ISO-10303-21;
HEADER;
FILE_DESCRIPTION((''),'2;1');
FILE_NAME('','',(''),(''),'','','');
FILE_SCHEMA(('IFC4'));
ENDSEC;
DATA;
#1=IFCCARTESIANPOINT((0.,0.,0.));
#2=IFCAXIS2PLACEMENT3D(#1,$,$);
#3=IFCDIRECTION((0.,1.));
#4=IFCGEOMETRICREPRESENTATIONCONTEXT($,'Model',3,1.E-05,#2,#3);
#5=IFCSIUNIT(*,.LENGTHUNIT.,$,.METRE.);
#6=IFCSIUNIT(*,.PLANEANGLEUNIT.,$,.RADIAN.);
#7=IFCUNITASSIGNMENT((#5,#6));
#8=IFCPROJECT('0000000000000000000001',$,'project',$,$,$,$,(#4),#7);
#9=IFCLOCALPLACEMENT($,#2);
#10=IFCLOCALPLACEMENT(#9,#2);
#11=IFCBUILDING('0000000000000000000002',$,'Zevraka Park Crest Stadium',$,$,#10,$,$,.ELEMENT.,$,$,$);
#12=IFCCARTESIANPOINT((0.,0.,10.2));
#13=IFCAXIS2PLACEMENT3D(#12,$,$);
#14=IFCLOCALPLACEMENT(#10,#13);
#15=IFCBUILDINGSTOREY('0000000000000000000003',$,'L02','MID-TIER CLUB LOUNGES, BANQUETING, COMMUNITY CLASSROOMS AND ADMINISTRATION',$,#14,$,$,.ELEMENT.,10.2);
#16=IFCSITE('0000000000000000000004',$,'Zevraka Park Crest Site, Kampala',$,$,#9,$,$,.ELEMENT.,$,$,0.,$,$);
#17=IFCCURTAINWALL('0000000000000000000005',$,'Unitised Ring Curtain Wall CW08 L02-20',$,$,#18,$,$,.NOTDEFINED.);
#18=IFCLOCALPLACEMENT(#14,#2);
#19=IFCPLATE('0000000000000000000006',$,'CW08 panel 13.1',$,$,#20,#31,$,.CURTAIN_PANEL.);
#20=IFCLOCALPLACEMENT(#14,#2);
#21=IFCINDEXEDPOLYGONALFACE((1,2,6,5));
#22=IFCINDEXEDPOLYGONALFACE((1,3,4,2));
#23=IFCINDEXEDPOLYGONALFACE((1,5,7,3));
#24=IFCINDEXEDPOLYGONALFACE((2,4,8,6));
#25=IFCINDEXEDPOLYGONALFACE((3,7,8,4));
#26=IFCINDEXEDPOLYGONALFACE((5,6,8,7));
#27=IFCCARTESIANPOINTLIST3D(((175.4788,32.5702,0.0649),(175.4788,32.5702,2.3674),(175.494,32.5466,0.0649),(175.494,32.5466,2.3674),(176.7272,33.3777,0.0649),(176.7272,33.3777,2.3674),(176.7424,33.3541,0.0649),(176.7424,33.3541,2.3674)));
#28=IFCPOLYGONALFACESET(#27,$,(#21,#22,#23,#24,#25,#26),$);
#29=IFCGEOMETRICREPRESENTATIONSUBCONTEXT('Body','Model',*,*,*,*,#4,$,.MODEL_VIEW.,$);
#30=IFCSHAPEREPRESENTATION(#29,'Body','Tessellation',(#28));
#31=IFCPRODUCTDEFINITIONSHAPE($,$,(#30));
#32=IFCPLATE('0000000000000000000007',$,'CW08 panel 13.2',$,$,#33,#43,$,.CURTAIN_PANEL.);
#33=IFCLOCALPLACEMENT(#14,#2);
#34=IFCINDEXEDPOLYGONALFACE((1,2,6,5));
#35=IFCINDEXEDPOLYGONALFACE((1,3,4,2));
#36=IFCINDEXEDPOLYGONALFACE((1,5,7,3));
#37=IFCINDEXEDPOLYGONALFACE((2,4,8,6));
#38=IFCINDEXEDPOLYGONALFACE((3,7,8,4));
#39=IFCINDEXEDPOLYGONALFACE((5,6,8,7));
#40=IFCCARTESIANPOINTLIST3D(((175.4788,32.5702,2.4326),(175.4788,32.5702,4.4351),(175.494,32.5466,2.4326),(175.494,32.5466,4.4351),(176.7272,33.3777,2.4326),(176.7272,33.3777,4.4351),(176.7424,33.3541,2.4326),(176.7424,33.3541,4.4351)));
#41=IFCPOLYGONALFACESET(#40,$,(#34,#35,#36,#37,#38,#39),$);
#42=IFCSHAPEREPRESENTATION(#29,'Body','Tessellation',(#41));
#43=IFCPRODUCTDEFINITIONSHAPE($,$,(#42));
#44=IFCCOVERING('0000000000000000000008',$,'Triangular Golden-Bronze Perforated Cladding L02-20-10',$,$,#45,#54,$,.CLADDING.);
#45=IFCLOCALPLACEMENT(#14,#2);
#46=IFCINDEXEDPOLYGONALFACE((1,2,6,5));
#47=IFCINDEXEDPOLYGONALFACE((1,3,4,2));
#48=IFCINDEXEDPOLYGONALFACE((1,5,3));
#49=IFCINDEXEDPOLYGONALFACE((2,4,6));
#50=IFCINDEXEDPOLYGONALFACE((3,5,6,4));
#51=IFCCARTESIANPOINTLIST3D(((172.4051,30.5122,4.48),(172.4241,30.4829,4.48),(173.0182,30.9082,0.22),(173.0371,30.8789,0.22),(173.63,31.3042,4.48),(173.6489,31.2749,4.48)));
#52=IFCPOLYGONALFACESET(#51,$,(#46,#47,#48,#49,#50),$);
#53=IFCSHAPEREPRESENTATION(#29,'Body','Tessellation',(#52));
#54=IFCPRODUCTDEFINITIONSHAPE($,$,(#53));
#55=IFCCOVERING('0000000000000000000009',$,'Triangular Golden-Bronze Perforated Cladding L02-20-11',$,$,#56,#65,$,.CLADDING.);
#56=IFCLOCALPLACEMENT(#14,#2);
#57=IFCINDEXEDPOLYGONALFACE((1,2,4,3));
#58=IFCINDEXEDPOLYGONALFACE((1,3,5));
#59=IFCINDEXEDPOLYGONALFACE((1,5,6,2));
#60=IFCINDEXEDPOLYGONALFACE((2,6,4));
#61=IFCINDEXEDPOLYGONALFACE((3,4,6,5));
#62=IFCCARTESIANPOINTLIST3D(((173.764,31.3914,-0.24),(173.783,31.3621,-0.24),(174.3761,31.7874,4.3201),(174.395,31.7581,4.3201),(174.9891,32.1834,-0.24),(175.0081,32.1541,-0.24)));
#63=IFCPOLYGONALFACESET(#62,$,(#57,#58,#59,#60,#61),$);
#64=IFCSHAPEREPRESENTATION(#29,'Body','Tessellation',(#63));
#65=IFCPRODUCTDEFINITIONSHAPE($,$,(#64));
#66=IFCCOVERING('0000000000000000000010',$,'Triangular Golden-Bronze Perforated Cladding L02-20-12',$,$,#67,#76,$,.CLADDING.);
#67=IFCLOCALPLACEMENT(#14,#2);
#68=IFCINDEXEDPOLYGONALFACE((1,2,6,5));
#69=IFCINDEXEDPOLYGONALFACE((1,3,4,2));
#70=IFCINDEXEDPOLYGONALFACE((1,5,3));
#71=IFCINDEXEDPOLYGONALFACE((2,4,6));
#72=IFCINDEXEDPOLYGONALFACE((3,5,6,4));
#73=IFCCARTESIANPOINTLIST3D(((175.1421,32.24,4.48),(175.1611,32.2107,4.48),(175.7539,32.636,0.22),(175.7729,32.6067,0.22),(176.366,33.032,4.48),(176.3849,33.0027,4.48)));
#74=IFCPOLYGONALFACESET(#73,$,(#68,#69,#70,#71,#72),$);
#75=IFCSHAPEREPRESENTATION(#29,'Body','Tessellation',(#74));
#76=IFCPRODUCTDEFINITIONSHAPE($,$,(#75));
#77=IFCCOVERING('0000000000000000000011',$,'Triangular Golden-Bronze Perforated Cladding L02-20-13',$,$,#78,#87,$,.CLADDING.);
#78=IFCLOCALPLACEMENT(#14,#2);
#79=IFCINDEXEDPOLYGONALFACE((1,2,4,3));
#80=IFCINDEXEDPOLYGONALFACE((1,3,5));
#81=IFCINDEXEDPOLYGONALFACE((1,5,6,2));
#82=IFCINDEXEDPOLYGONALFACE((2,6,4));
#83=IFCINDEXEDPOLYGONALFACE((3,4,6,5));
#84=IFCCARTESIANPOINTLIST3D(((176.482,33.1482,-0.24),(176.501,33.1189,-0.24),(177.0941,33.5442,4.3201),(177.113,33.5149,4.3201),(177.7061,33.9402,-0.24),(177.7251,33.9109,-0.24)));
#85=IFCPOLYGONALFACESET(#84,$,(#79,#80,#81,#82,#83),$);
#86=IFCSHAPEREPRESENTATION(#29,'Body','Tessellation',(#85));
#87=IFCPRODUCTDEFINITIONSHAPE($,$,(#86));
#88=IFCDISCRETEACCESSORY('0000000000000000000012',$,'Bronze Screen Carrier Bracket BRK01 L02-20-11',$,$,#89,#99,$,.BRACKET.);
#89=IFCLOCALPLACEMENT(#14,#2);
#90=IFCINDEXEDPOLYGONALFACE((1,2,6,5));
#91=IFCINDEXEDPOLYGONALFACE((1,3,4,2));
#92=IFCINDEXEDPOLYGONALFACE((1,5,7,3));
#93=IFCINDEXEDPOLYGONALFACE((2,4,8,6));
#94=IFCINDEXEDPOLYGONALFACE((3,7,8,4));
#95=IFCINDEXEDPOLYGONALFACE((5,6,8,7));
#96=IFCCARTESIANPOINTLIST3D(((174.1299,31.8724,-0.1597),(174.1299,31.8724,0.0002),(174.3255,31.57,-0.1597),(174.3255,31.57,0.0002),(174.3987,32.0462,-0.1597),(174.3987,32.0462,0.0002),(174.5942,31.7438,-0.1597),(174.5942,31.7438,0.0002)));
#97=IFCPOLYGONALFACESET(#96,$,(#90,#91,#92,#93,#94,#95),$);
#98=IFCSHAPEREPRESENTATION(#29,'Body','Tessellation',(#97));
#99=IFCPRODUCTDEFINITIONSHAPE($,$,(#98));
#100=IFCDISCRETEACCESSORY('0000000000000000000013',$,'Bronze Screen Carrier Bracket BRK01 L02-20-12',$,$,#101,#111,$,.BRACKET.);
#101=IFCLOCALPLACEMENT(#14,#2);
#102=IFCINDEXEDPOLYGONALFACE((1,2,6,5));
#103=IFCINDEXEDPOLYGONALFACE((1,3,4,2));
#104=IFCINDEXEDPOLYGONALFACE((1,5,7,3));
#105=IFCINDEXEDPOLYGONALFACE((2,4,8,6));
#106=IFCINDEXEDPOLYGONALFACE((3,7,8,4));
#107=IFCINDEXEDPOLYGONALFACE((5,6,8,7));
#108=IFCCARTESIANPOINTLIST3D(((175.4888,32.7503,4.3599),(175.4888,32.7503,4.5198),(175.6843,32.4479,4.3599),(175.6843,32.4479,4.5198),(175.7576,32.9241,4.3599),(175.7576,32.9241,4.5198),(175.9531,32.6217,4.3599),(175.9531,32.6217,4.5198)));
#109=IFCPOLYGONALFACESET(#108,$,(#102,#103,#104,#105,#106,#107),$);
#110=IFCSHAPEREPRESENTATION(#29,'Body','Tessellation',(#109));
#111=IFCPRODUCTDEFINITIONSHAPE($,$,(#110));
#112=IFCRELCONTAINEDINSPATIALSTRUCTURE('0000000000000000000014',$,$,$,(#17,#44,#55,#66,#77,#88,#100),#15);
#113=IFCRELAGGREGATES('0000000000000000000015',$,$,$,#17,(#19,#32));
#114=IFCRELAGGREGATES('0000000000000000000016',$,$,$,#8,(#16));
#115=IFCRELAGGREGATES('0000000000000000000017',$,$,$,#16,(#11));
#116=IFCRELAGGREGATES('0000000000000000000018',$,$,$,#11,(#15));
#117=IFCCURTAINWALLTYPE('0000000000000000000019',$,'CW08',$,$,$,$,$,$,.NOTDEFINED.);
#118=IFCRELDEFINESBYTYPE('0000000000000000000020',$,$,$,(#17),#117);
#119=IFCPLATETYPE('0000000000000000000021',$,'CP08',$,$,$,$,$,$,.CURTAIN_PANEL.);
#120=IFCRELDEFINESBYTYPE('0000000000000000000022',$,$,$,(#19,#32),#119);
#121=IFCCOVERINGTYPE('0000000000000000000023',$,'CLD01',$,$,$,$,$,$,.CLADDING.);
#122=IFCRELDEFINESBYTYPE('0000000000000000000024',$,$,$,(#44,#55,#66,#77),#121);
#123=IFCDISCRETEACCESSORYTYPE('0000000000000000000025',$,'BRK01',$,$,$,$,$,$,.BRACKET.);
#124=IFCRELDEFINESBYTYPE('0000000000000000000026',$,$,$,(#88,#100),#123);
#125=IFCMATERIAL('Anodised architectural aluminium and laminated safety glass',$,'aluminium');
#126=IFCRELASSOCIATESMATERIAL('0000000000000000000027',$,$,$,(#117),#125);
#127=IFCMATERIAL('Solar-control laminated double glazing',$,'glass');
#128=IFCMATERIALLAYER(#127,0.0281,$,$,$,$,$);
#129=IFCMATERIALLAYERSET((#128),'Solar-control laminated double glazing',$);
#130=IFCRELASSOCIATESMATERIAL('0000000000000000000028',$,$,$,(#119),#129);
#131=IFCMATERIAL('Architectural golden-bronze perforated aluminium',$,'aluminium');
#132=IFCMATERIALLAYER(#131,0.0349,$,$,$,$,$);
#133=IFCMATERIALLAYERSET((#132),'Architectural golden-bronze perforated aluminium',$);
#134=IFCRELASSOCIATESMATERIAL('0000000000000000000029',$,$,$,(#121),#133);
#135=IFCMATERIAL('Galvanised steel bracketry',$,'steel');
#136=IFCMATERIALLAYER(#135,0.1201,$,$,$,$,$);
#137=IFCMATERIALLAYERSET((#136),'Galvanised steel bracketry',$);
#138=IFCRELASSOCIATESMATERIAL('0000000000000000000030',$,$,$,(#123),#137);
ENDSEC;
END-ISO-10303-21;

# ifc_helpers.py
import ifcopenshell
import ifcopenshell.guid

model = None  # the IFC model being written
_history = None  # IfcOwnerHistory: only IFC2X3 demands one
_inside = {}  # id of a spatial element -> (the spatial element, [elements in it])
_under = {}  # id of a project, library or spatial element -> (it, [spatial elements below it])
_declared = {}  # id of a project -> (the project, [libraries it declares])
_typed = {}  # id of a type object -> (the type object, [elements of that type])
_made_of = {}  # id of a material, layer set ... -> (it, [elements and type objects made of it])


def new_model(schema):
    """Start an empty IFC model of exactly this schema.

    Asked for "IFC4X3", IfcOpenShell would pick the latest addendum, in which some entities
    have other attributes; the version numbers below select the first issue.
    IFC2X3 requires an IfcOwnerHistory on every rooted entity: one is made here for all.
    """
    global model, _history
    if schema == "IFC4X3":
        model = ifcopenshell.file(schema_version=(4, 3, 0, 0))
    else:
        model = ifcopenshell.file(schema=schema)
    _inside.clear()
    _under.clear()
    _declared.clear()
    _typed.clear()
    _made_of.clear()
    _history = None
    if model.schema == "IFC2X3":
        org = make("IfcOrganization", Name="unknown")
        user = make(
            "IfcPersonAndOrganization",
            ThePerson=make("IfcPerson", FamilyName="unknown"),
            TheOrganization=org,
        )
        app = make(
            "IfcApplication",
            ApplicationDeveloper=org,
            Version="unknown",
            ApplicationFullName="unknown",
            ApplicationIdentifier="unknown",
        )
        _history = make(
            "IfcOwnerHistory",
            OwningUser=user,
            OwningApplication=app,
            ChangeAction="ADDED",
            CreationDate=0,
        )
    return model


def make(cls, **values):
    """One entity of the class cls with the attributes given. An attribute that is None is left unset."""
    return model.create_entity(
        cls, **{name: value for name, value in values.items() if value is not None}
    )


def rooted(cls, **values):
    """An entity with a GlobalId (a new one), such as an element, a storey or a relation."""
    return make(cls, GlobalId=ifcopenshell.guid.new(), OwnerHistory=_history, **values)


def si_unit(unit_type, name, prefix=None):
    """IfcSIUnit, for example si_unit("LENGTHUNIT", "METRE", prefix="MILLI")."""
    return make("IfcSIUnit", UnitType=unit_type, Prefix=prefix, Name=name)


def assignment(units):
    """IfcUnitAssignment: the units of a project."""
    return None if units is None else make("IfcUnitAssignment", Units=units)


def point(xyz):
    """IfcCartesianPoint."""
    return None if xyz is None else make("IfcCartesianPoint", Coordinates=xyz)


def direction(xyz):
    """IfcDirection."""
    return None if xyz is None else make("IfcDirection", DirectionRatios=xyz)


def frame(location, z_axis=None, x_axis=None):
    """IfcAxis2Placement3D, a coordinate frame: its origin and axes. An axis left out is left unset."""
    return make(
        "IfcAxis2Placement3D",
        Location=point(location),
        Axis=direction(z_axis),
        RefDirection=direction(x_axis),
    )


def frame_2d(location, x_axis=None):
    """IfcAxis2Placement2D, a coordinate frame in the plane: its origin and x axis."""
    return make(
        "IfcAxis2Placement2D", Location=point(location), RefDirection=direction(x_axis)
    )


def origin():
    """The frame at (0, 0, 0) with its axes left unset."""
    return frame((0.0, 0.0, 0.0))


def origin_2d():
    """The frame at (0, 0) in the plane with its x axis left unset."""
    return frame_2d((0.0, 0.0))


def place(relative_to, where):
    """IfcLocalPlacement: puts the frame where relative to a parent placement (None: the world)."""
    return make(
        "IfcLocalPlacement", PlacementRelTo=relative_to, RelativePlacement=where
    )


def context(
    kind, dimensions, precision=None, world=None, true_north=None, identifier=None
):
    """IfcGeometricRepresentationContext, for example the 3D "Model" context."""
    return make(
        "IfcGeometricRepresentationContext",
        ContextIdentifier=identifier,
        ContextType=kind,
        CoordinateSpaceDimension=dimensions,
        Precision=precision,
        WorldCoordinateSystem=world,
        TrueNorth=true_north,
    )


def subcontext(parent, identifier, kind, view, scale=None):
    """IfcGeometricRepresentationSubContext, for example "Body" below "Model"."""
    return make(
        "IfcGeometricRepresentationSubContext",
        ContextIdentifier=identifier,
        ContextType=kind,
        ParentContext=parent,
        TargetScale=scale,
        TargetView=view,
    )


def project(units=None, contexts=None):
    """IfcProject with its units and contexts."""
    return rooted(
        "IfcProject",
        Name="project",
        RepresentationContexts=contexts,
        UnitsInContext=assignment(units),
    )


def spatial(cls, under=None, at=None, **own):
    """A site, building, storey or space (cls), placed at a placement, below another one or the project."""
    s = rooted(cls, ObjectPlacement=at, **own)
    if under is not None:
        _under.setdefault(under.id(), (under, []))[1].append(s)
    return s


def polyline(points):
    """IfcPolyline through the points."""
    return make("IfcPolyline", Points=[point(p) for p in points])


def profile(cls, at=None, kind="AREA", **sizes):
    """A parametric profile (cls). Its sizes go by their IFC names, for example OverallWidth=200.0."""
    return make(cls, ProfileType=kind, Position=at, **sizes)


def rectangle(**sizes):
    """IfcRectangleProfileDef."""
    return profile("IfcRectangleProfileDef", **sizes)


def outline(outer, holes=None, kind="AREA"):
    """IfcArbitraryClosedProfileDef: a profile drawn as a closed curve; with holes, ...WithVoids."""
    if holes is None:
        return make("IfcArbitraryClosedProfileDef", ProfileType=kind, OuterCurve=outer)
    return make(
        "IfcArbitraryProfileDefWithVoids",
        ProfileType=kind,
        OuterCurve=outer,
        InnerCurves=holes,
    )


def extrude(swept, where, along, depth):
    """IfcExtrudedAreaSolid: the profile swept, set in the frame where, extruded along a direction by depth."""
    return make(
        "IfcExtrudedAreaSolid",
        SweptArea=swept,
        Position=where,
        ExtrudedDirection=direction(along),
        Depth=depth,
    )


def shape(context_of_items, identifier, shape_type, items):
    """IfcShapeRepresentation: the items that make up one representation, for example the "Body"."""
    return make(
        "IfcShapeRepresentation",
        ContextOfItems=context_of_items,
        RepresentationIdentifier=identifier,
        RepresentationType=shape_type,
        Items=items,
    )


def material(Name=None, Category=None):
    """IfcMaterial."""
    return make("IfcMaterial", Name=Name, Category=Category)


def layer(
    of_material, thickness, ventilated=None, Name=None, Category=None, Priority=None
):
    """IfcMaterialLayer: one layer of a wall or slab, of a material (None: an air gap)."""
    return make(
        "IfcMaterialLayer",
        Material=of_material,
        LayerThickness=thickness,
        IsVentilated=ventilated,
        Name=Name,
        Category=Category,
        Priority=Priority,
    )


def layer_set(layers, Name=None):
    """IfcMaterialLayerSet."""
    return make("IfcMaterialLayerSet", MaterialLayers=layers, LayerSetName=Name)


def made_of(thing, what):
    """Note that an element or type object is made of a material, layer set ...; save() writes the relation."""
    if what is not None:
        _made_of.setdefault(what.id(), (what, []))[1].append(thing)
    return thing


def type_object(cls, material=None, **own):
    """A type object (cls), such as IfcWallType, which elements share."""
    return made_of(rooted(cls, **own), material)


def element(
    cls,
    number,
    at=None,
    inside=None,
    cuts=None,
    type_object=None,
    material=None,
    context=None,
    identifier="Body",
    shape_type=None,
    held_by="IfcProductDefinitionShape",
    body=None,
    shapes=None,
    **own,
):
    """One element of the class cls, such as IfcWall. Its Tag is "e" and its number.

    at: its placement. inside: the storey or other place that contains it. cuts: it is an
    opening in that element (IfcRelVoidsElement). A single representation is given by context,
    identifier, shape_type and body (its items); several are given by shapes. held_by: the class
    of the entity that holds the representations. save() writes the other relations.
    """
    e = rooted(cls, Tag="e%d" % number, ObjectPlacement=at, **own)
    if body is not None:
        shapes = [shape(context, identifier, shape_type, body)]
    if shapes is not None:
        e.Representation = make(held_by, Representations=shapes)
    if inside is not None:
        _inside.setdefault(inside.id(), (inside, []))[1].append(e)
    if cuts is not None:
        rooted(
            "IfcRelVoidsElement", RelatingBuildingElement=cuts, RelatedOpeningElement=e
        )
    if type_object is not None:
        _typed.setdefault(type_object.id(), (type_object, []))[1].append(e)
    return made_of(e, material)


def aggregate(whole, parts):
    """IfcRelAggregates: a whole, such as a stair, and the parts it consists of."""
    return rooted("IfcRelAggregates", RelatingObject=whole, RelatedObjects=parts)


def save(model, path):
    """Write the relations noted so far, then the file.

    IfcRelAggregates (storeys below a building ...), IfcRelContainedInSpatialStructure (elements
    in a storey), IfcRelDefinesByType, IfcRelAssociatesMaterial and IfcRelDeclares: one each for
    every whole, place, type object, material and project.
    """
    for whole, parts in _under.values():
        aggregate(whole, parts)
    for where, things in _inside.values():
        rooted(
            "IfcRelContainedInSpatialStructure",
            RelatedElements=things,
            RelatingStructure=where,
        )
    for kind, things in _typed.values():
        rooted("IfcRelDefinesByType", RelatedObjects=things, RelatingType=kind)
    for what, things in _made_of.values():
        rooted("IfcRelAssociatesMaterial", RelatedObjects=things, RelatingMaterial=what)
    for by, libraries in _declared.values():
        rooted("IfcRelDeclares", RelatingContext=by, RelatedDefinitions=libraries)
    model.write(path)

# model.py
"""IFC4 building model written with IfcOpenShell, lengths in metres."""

from ifc_helpers import new_model, si_unit, direction, frame, origin, origin_2d, place, context, subcontext, project, spatial, polyline, rectangle, outline, extrude, material, layer, layer_set, type_object, element, aggregate, save


model = new_model("IFC4")

# Units and contexts
model_context = context("Model", 3, precision=1e-05, world=origin(), true_north=direction((0.0, 1.0)))
body_context = subcontext(model_context, "Body", "Model", "MODEL_VIEW")
ifc_project = project(units=[si_unit("LENGTHUNIT", "METRE"), si_unit("PLANEANGLEUNIT", "RADIAN")], contexts=[model_context])

# Site, building, storey
site_placement = place(None, origin())
site = spatial("IfcSite", under=ifc_project, at=site_placement, Name="Zevraka Park Crest Site, Kampala", CompositionType="ELEMENT", RefElevation=0.0)
building_placement = place(site_placement, origin())
building = spatial("IfcBuilding", under=site, at=building_placement, Name="Zevraka Park Crest Stadium", CompositionType="ELEMENT")
storey_placement = place(building_placement, frame((0.0, 0.0, 10.2)))
storey = spatial("IfcBuildingStorey", under=building, at=storey_placement, Name="L02", Description="MID-TIER CLUB LOUNGES, BANQUETING, COMMUNITY CLASSROOMS AND ADMINISTRATION", CompositionType="ELEMENT", Elevation=10.2)

# Curtain wall, plates
ifc_material_1 = material(Name="Anodised architectural aluminium and laminated safety glass", Category="aluminium")
curtain_wall_type = type_object("IfcCurtainWallType", Name="CW08", PredefinedType="NOTDEFINED", material=ifc_material_1)
curtain_wall_placement = place(storey_placement, origin())
curtain_wall = element("IfcCurtainWall", 1, at=curtain_wall_placement, inside=storey, type_object=curtain_wall_type, Name="Unitised Ring Curtain Wall CW08 L02-20", PredefinedType="NOTDEFINED")
ifc_material_2 = material(Name="Solar-control laminated double glazing", Category="glass")
ifc_layer_1 = layer(ifc_material_2, 0.0281)
ifc_layer_set_1 = layer_set([ifc_layer_1], Name="Solar-control laminated double glazing")
plate_type = type_object("IfcPlateType", Name="CP08", PredefinedType="CURTAIN_PANEL", material=ifc_layer_set_1)
plate_1_placement = place(storey_placement, frame((176.1106, 32.9622, 0.0649), z_axis=(0.0, 0.0, 1.0), x_axis=(0.83967, 0.543096, 0.0)))
plate_1 = element("IfcPlate", 2, at=plate_1_placement, type_object=plate_type, Name="CW08 panel 13.1", PredefinedType="CURTAIN_PANEL", context=body_context, shape_type="SweptSolid", body=[
    extrude(rectangle(XDim=1.4868, YDim=0.0281, at=origin_2d()), origin(), (0.0, 0.0, 1.0), 2.3025),
])
plate_2_placement = place(storey_placement, frame((176.1106, 32.9622, 2.4326), z_axis=(0.0, 0.0, 1.0), x_axis=(0.83967, 0.543096, 0.0)))
plate_2 = element("IfcPlate", 3, at=plate_2_placement, type_object=plate_type, Name="CW08 panel 13.2", PredefinedType="CURTAIN_PANEL", context=body_context, shape_type="SweptSolid", body=[
    extrude(rectangle(XDim=1.4868, YDim=0.0281, at=origin_2d()), origin(), (0.0, 0.0, 1.0), 2.0024),
])
aggregate(curtain_wall, [plate_1, plate_2])

# Coverings
ifc_material_3 = material(Name="Architectural golden-bronze perforated aluminium", Category="aluminium")
ifc_layer_2 = layer(ifc_material_3, 0.0349)
ifc_layer_set_2 = layer_set([ifc_layer_2], Name="Architectural golden-bronze perforated aluminium")
covering_type = type_object("IfcCoveringType", Name="CLD01", PredefinedType="CLADDING", material=ifc_layer_set_2)
covering_1_placement = place(storey_placement, frame((173.6489, 31.2749, 4.48), z_axis=(0.542981, -0.839745, 0.000078), x_axis=(-0.839745, -0.542981, 0.0)))
element("IfcCovering", 4, at=covering_1_placement, inside=storey, type_object=covering_type, Name="Triangular Golden-Bronze Perforated Cladding L02-20-10", PredefinedType="CLADDING", context=body_context, shape_type="SweptSolid", body=[
    extrude(outline(polyline([(0.0, 0.0), (1.4586, 0.0), (0.7288, 4.26), (0.0, 0.0)])), origin(), (0.0, 0.0, -1.0), 0.0349),
])
covering_2_placement = place(storey_placement, frame((173.783, 31.3621, -0.24), z_axis=(0.542904, -0.839795, 0.000058), x_axis=(0.839795, 0.542904, 0.0)))
element("IfcCovering", 5, at=covering_2_placement, inside=storey, type_object=covering_type, Name="Triangular Golden-Bronze Perforated Cladding L02-20-11", PredefinedType="CLADDING", context=body_context, shape_type="SweptSolid", body=[
    extrude(outline(polyline([(0.0, 0.0), (1.4588, 0.0), (0.729, 4.5601), (0.0, 0.0)])), origin(), (0.0, 0.0, -1.0), 0.0349),
])
covering_3_placement = place(storey_placement, frame((176.366, 33.032, 4.48), z_axis=(-0.543286, 0.839548, 0.000016), x_axis=(-0.839548, -0.543286, 0.0)))
element("IfcCovering", 6, at=covering_3_placement, inside=storey, type_object=covering_type, Name="Triangular Golden-Bronze Perforated Cladding L02-20-12", PredefinedType="CLADDING", context=body_context, shape_type="SweptSolid", body=[
    extrude(outline(polyline([(0.0, 0.0), (1.4578, 0.0), (0.729, -4.26), (0.0, 0.0)])), origin(), (0.0, 0.0, -1.0), 0.0349),
])
covering_4_placement = place(storey_placement, frame((176.501, 33.1189, -0.24), z_axis=(0.54321, -0.839597, 0.0), x_axis=(0.839597, 0.54321, 0.0)))
element("IfcCovering", 7, at=covering_4_placement, inside=storey, type_object=covering_type, Name="Triangular Golden-Bronze Perforated Cladding L02-20-13", PredefinedType="CLADDING", context=body_context, shape_type="SweptSolid", body=[
    extrude(outline(polyline([(0.0, 0.0), (1.458, 0.0), (0.729, 4.5601), (0.0, 0.0)])), origin(), (0.0, 0.0, -1.0), 0.0349),
])

# Discrete accessories
ifc_material_4 = material(Name="Galvanised steel bracketry", Category="steel")
ifc_layer_3 = layer(ifc_material_4, 0.1201)
ifc_layer_set_3 = layer_set([ifc_layer_3], Name="Galvanised steel bracketry")
discrete_accessory_type = type_object("IfcDiscreteAccessoryType", Name="BRK01", PredefinedType="BRACKET", material=ifc_layer_set_3)
for number, where, z_axis, x_axis, name in (
    (8, (174.3621, 31.8081, -0.1597), (0.0, 0.0, 1.0), (0.839715, 0.543028, 0.0), "Bronze Screen Carrier Bracket BRK01 L02-20-11"),
    (9, (175.7209, 32.686, 4.3599), (0.0, 0.0, 1.0), (0.839715, 0.543028, 0.0), "Bronze Screen Carrier Bracket BRK01 L02-20-12"),
):
    element("IfcDiscreteAccessory", number, at=place(storey_placement, frame(where, z_axis=z_axis, x_axis=x_axis)), inside=storey, type_object=discrete_accessory_type, Name=name, PredefinedType="BRACKET", context=body_context, shape_type="SweptSolid", body=[
        extrude(rectangle(XDim=0.3201, YDim=0.3601, at=origin_2d()), origin(), (0.0, 0.0, 1.0), 0.1599),
    ])

save(model, "model.ifc")
